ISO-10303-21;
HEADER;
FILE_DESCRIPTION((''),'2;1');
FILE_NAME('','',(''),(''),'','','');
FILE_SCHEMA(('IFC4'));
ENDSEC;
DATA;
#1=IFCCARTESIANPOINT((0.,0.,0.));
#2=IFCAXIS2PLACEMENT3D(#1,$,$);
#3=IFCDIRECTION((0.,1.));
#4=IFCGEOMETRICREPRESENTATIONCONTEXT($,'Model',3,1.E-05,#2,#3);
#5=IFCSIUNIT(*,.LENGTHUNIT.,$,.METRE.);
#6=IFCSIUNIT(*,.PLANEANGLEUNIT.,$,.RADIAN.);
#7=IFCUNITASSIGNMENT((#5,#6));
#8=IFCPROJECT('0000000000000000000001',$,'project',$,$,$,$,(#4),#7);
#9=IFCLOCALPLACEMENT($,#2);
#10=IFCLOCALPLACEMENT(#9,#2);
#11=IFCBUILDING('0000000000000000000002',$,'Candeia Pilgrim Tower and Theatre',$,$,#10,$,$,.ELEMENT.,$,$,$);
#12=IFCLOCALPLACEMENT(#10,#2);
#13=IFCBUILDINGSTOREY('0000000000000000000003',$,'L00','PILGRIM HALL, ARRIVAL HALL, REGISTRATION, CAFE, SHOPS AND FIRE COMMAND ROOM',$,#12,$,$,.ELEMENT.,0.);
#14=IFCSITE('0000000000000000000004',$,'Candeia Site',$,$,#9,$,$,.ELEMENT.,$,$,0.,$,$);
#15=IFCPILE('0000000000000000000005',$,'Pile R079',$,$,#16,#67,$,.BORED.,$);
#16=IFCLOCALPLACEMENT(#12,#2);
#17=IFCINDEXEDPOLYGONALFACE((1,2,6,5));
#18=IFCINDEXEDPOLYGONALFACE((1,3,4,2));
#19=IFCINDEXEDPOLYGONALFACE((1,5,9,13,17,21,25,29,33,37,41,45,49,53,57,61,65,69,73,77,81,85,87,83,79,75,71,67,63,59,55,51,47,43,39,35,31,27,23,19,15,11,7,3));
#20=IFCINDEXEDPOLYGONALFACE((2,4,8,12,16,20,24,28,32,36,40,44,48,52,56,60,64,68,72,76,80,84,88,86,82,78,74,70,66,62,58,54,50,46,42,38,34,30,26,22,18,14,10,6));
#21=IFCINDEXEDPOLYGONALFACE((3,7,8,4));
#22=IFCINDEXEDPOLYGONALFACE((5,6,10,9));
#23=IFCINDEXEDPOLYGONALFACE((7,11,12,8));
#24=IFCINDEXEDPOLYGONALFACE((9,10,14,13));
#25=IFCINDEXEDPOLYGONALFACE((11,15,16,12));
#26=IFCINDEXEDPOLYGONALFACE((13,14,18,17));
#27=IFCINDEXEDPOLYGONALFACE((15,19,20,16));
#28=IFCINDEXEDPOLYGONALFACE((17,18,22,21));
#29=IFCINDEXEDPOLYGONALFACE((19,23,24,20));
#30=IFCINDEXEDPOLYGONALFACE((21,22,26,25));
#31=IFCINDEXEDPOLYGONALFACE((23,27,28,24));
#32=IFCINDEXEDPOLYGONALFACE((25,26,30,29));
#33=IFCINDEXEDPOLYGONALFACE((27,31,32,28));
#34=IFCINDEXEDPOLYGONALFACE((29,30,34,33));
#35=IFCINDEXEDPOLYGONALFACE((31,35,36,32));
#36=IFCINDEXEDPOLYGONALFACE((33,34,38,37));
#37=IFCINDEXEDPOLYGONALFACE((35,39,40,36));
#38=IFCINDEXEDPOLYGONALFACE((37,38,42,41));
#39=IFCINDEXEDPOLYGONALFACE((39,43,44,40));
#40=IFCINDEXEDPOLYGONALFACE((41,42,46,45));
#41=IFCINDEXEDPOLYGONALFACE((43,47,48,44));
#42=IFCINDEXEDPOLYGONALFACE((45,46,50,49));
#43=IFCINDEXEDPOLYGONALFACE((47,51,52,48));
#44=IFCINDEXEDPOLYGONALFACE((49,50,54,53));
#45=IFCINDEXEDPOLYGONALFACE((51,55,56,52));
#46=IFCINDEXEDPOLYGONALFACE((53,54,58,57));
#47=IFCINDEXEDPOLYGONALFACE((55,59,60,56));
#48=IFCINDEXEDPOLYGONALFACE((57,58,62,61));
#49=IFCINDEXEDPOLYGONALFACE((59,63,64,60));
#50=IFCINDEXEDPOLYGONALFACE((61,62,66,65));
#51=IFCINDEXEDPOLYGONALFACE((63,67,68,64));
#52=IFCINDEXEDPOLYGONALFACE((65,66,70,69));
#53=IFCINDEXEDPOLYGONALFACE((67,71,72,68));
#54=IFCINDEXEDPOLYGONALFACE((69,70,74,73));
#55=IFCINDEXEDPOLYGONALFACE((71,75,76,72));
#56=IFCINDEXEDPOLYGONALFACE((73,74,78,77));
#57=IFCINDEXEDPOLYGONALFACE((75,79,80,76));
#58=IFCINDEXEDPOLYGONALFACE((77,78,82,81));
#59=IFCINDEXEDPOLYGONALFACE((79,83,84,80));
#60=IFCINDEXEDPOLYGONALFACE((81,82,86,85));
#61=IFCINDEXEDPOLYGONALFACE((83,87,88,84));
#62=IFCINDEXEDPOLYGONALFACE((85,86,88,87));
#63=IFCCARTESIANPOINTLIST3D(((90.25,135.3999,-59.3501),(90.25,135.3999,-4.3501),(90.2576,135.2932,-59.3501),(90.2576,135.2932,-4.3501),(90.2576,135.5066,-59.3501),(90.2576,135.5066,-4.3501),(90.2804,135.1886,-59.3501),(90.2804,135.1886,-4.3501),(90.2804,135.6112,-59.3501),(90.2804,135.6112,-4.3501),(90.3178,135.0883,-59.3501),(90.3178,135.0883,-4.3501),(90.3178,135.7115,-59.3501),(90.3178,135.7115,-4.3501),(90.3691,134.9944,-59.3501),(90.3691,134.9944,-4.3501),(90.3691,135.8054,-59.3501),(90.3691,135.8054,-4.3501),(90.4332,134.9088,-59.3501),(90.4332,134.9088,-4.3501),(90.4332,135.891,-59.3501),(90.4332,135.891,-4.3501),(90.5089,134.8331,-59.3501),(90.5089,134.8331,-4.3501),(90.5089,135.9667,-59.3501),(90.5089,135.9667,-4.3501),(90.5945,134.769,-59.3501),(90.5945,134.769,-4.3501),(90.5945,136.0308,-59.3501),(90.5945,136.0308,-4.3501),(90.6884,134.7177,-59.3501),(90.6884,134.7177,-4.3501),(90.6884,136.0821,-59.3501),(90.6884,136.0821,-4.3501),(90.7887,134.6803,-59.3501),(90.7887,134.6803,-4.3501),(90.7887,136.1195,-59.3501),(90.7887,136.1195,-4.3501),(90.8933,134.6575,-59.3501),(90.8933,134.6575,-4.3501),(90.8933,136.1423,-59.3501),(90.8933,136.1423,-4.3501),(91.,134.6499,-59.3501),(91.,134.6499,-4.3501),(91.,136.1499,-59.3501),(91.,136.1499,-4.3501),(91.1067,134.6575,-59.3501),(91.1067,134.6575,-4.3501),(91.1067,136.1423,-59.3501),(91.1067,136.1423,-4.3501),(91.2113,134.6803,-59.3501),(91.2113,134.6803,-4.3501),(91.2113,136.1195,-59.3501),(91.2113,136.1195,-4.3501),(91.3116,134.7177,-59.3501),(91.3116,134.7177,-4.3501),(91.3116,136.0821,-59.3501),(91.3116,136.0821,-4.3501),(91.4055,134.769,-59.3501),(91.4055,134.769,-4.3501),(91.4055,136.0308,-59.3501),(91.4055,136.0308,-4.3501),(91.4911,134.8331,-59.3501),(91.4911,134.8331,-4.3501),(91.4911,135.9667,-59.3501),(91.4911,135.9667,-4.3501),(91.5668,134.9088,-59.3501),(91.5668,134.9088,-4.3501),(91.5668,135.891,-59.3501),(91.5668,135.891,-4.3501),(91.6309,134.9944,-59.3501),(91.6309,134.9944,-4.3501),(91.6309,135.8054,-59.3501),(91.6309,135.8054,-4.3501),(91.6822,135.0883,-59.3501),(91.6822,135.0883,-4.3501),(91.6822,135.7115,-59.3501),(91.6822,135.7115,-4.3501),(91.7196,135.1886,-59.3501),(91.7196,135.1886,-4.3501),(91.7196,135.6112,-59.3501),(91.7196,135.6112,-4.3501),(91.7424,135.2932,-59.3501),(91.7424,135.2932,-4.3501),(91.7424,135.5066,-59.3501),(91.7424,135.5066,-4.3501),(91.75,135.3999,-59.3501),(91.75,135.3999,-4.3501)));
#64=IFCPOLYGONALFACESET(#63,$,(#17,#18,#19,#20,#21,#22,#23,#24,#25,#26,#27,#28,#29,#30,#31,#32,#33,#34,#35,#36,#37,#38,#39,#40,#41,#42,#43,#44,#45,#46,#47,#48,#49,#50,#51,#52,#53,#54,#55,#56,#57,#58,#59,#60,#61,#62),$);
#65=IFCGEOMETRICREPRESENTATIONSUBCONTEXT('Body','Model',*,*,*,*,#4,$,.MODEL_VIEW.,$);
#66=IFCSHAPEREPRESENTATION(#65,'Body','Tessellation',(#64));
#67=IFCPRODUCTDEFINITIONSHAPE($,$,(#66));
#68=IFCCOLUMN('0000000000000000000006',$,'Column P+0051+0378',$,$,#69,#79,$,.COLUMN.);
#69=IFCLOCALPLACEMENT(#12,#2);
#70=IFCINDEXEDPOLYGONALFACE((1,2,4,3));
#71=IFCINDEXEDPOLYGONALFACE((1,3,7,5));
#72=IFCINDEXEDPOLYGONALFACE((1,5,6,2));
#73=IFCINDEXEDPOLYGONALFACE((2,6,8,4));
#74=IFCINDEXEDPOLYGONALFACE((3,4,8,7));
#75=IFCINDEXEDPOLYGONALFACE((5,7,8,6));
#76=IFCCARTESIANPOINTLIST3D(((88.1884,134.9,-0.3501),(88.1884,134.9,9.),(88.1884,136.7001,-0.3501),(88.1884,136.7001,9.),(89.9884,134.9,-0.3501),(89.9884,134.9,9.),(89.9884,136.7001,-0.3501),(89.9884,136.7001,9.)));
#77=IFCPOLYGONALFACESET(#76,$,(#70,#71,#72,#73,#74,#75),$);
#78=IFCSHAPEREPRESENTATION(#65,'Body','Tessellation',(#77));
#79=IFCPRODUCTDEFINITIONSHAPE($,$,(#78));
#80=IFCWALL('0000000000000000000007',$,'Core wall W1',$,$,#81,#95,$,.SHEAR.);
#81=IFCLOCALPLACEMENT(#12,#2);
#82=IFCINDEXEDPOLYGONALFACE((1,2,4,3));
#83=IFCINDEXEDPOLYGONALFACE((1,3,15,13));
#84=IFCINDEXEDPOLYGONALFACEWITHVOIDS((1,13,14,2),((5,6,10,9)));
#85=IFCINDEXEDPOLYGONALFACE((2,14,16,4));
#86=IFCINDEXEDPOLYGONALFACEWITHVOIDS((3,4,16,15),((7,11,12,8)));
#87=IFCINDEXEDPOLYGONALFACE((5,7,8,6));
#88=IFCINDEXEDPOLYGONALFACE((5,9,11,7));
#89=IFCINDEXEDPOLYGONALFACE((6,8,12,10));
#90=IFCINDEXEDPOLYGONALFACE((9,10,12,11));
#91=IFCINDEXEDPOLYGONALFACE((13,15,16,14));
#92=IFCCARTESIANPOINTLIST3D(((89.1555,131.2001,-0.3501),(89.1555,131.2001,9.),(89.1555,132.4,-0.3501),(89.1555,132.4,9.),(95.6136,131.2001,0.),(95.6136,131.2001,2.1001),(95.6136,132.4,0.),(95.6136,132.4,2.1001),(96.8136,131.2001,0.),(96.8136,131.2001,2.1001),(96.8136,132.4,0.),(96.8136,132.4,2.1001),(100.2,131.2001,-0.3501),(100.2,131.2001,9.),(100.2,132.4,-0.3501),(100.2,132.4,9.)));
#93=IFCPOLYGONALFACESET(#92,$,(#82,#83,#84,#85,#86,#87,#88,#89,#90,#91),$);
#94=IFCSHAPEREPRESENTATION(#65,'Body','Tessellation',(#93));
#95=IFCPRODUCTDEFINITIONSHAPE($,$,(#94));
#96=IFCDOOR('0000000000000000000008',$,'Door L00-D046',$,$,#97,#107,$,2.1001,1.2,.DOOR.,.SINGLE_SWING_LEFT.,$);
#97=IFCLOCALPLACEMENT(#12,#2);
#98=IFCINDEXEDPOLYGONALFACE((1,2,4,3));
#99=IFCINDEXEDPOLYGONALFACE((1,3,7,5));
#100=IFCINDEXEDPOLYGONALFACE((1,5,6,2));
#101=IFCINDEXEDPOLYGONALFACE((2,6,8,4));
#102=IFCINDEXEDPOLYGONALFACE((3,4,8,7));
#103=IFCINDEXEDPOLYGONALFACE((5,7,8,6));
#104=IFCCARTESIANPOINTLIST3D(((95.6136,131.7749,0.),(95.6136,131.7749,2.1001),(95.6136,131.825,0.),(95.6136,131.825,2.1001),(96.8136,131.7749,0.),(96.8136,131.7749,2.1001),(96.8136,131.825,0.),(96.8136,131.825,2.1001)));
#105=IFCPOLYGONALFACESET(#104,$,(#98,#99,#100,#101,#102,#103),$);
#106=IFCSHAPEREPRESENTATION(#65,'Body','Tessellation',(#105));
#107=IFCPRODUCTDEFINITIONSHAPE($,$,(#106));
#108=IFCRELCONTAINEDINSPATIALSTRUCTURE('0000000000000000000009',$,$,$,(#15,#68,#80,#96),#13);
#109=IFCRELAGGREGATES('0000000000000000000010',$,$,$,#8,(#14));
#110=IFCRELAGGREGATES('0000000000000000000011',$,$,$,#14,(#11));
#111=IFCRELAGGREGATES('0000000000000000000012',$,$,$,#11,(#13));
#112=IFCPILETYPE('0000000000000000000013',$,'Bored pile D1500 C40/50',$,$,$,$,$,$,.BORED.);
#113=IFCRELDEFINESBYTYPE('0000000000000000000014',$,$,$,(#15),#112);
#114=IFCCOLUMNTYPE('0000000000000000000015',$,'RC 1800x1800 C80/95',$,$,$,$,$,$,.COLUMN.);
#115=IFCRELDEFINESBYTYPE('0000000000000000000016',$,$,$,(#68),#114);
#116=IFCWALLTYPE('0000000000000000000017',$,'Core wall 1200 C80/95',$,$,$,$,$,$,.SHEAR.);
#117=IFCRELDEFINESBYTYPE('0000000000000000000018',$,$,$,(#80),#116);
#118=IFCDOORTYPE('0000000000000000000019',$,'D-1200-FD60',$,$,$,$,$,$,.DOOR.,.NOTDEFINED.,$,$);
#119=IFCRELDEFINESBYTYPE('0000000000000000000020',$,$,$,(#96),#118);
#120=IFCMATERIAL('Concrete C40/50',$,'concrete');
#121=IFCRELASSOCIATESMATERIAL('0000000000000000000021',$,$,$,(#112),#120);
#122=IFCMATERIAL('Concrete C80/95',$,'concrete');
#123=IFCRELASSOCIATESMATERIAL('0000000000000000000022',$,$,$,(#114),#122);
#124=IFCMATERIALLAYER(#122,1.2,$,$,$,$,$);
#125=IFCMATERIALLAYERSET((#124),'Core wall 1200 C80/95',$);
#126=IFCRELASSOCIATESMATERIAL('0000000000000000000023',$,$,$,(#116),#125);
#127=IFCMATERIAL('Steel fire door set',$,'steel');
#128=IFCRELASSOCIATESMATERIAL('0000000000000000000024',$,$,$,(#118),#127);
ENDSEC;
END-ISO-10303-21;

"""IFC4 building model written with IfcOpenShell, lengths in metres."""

from ifc_helpers import new_model, si_unit, direction, frame, frame_2d, origin, origin_2d, place, context, subcontext, project, spatial, rectangle, circle, extrude, material, layer, layer_set, material_profile, profile_set, type_object, element, fill, save


model = new_model("IFC4")

# Units and contexts
model_context = context("Model", 3, precision=1e-05, world=origin(), true_north=direction((0.0, 1.0)))
body_context = subcontext(model_context, "Body", "Model", "MODEL_VIEW")
ifc_project = project(units=[si_unit("LENGTHUNIT", "METRE"), si_unit("PLANEANGLEUNIT", "RADIAN")], contexts=[model_context])

# Site, building, storey
site_placement = place(None, origin())
site = spatial("IfcSite", under=ifc_project, at=site_placement, Name="Candeia Site", CompositionType="ELEMENT", RefElevation=0.0)
building_placement = place(site_placement, origin())
building = spatial("IfcBuilding", under=site, at=building_placement, Name="Candeia Pilgrim Tower and Theatre", CompositionType="ELEMENT")
storey_placement = place(building_placement, origin())
storey = spatial("IfcBuildingStorey", under=building, at=storey_placement, Name="L00", Description="PILGRIM HALL, ARRIVAL HALL, REGISTRATION, CAFE, SHOPS AND FIRE COMMAND ROOM", CompositionType="ELEMENT", Elevation=0.0)

# Pile
ifc_material_1 = material(Name="Concrete C40/50", Category="concrete")
ifc_material_profile_1 = material_profile(ifc_material_1, circle(Radius=0.75, at=origin_2d()))
ifc_profile_set_1 = profile_set([ifc_material_profile_1], Name="Concrete C40/50")
pile_type = type_object("IfcPileType", Name="Bored pile D1500 C40/50", PredefinedType="BORED", material=ifc_profile_set_1)
for number, where, z_axis, x_axis, name in (
    (1, (91.0, 135.3999, -4.3501), (0.0, 0.0, -1.0), (1.0, 0.0, 0.0), "Pile R079"),
):
    element("IfcPile", number, at=place(storey_placement, frame(where, z_axis=z_axis, x_axis=x_axis)), inside=storey, type_object=pile_type, Name=name, PredefinedType="BORED", context=body_context, shape_type="SweptSolid", body=[
        extrude(circle(Radius=0.75, at=origin_2d()), origin(), (0.0, 0.0, 1.0), 55.0),
    ])

# Column
ifc_material_2 = material(Name="Concrete C80/95", Category="concrete")
ifc_material_profile_2 = material_profile(ifc_material_2, rectangle(XDim=1.8, YDim=1.8, at=origin_2d()))
ifc_profile_set_2 = profile_set([ifc_material_profile_2], Name="Concrete C80/95")
column_type = type_object("IfcColumnType", Name="RC 1800x1800 C80/95", PredefinedType="COLUMN", material=ifc_profile_set_2)
column_placement = place(storey_placement, frame((89.0884, 135.8, -0.3501), z_axis=(0.0, 0.0, 1.0), x_axis=(1.0, 0.0, 0.0)))
element("IfcColumn", 2, at=column_placement, inside=storey, type_object=column_type, Name="Column P+0051+0378", PredefinedType="COLUMN", context=body_context, shape_type="SweptSolid", body=[
    extrude(rectangle(XDim=1.8, YDim=1.8, at=origin_2d()), origin(), (0.0, 0.0, 1.0), 9.3501),
])

# Wall, opening, door
ifc_layer_1 = layer(ifc_material_2, 1.2)
ifc_layer_set_1 = layer_set([ifc_layer_1], Name="Core wall 1200 C80/95")
wall_type_1 = type_object("IfcWallType", Name="Core wall 1200 C80/95", PredefinedType="SHEAR", material=ifc_layer_set_1)
wall_1_placement = place(storey_placement, frame((89.1555, 131.8, -0.3501), z_axis=(0.0, 0.0, 1.0), x_axis=(1.0, 0.0, 0.0)))
wall_1 = element("IfcWall", 3, at=wall_1_placement, inside=storey, type_object=wall_type_1, Name="Core wall W1", PredefinedType="SHEAR", context=body_context, shape_type="SweptSolid", body=[
    extrude(rectangle(XDim=11.0444, YDim=1.2, at=frame_2d((5.5222, 0.0))), origin(), (0.0, 0.0, 1.0), 9.3501),
])
opening_1_placement = place(wall_1_placement, frame((6.458, 0.0, 0.3501)))
opening_1 = element("IfcOpeningElement", 4, at=opening_1_placement, cuts=wall_1, PredefinedType="OPENING", context=body_context, shape_type="SweptSolid", body=[
    extrude(rectangle(XDim=1.2, YDim=2.1001, at=frame_2d((0.6001, 1.05))), frame((0.0, 0.6099, 0.0), z_axis=(0.0, -1.0, 0.0), x_axis=(1.0, 0.0, 0.0)), (0.0, 0.0, 1.0), 1.22),
])
ifc_material_3 = material(Name="Steel fire door set", Category="steel")
door_type_1 = type_object("IfcDoorType", Name="D-1200-FD60", OperationType="NOTDEFINED", PredefinedType="DOOR", material=ifc_material_3)
door_1_placement = place(opening_1_placement, origin())
door_1 = element("IfcDoor", 5, at=door_1_placement, inside=storey, type_object=door_type_1, Name="Door L00-D046", OperationType="SINGLE_SWING_LEFT", OverallHeight=2.1001, OverallWidth=1.2, PredefinedType="DOOR", context=body_context, shape_type="SweptSolid", body=[
    extrude(rectangle(XDim=1.2, YDim=2.1001, at=frame_2d((0.6001, 1.05))), frame((0.0, 0.0249, 0.0), z_axis=(0.0, -1.0, 0.0), x_axis=(1.0, 0.0, 0.0)), (0.0, 0.0, 1.0), 0.05),
])
fill(opening_1, door_1)

save(model, "model.ifc")
